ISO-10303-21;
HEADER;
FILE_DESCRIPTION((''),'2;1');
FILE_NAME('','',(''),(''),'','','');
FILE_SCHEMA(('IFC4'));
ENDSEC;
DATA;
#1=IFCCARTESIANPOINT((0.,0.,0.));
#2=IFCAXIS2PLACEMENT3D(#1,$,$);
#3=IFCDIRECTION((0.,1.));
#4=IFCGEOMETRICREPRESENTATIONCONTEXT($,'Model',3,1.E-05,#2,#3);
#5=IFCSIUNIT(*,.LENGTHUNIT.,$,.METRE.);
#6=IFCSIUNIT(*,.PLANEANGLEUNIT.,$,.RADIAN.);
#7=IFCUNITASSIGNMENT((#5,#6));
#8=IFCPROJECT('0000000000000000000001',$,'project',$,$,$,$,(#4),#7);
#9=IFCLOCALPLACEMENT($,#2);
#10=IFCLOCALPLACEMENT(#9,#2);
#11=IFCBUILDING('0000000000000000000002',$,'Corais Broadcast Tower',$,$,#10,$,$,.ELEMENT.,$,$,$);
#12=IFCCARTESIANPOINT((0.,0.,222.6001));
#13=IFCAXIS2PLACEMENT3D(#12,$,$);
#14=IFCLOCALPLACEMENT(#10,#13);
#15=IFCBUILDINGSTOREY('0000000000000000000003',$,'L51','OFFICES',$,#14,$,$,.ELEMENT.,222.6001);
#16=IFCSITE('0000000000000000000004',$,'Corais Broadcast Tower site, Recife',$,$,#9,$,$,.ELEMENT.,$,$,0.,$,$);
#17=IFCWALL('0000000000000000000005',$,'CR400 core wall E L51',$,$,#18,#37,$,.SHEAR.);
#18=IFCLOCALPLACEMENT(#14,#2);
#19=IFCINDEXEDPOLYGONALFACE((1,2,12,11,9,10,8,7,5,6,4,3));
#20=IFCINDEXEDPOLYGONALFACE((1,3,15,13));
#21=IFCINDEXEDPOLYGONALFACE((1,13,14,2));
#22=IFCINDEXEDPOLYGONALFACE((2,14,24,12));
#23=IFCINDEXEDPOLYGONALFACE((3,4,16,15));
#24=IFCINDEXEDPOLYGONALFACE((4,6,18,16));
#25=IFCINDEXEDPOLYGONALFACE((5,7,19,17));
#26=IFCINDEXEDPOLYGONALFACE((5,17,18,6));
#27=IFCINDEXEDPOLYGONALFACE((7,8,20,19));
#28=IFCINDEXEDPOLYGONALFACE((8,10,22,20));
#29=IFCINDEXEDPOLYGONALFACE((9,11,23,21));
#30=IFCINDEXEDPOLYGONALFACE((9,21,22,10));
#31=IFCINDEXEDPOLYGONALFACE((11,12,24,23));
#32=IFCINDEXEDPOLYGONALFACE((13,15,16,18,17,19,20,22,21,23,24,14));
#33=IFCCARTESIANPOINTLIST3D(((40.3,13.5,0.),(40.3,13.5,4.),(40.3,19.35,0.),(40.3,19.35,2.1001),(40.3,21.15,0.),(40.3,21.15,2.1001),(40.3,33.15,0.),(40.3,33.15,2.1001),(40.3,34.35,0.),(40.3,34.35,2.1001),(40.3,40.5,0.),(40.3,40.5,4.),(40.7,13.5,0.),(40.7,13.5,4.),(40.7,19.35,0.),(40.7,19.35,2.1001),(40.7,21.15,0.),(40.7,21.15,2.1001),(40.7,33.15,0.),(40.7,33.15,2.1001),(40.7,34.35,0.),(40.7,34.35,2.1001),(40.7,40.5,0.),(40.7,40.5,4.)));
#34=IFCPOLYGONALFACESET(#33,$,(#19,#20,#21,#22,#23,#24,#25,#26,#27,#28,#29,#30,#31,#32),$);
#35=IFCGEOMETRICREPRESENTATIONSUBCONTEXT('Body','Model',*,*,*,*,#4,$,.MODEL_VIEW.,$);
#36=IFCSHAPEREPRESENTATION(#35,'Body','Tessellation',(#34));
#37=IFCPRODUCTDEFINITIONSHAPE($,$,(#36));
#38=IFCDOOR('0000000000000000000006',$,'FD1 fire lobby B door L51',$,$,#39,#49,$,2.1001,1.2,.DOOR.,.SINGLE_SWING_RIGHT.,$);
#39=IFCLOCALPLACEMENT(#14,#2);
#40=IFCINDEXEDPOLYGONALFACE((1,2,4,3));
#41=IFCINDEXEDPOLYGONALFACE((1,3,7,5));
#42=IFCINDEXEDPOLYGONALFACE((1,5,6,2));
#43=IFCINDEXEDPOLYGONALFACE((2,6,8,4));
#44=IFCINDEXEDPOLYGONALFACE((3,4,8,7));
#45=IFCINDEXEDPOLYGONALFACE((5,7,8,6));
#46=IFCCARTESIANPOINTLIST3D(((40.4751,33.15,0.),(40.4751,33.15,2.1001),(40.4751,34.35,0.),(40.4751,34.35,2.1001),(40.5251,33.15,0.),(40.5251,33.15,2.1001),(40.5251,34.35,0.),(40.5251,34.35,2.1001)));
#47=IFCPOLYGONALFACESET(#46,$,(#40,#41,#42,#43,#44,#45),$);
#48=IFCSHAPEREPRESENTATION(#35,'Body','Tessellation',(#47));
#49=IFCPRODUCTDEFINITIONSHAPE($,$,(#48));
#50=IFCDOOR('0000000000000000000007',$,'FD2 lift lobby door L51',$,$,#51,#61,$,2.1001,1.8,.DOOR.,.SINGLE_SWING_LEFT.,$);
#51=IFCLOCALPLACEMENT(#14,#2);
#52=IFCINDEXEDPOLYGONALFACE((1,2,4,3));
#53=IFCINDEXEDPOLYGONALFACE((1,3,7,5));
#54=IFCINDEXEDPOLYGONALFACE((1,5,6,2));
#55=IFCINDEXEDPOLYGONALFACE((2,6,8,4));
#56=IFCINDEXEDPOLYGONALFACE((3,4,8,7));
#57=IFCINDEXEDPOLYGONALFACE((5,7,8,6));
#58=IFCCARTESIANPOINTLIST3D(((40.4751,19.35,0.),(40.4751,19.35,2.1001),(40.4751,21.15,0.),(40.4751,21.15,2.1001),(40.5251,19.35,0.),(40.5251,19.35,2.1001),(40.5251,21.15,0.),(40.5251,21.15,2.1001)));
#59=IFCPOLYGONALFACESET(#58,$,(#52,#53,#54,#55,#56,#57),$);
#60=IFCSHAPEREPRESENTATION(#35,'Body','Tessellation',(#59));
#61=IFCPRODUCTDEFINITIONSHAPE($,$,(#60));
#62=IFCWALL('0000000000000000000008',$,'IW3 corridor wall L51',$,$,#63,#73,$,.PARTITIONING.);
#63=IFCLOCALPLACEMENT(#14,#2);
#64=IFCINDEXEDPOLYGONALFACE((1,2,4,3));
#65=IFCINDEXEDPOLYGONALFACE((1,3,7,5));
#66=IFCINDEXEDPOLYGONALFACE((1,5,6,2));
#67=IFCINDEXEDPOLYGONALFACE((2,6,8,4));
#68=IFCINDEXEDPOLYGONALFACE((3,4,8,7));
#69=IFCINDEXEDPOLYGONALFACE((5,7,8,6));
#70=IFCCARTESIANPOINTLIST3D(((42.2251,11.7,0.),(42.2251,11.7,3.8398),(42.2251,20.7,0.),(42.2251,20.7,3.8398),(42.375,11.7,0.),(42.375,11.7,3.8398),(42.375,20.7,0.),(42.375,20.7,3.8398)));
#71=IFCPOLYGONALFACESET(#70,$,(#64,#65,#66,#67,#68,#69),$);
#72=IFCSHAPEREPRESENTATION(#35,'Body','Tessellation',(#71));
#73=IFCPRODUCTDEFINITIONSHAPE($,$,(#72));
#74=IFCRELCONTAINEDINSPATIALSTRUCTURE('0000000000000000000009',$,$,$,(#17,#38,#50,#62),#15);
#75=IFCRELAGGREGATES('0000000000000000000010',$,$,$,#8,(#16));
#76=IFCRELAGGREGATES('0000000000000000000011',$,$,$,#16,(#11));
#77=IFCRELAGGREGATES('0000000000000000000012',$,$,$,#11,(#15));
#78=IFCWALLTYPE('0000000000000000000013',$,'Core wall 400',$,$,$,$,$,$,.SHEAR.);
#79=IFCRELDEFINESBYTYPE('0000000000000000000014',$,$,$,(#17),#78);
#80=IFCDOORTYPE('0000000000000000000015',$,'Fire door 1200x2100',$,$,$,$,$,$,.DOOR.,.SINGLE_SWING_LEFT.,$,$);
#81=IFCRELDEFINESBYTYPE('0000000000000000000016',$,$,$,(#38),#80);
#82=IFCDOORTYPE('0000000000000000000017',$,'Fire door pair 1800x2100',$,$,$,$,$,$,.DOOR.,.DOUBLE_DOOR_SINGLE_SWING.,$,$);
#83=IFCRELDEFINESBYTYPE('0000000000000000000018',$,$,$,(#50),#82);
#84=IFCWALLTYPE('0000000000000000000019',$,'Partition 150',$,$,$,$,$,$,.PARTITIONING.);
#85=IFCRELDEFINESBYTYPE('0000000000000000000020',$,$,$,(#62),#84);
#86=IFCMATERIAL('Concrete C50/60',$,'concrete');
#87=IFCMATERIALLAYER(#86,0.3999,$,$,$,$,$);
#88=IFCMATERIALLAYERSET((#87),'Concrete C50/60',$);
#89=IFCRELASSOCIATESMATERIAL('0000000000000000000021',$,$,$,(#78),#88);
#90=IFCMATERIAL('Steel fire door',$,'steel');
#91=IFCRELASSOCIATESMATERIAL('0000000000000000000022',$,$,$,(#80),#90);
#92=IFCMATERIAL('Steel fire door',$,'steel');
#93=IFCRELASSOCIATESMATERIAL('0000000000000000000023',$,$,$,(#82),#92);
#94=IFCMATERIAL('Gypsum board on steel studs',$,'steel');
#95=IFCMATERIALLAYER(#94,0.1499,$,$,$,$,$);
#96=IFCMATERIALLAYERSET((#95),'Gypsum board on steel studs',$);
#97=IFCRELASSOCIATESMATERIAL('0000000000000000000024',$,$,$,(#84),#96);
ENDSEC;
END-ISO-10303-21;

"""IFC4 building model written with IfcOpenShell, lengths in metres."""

from ifc_helpers import new_model, si_unit, direction, frame, frame_2d, origin, place, context, subcontext, project, spatial, rectangle, extrude, material, layer, layer_set, type_object, element, fill, save


model = new_model("IFC4")

# Units and contexts
model_context = context("Model", 3, precision=1e-05, world=origin(), true_north=direction((0.0, 1.0)))
body_context = subcontext(model_context, "Body", "Model", "MODEL_VIEW")
ifc_project = project(units=[si_unit("LENGTHUNIT", "METRE"), si_unit("PLANEANGLEUNIT", "RADIAN")], contexts=[model_context])

# Site, building, storey
site_placement = place(None, origin())
site = spatial("IfcSite", under=ifc_project, at=site_placement, Name="Corais Broadcast Tower site, Recife", CompositionType="ELEMENT", RefElevation=0.0)
building_placement = place(site_placement, origin())
building = spatial("IfcBuilding", under=site, at=building_placement, Name="Corais Broadcast Tower", CompositionType="ELEMENT")
storey_placement = place(building_placement, frame((0.0, 0.0, 222.6001)))
storey = spatial("IfcBuildingStorey", under=building, at=storey_placement, Name="L51", Description="OFFICES", CompositionType="ELEMENT", Elevation=222.6001)

# Wall, openings, doors
ifc_material_1 = material(Name="Concrete C50/60", Category="concrete")
ifc_layer_1 = layer(ifc_material_1, 0.3999)
ifc_layer_set_1 = layer_set([ifc_layer_1], Name="Concrete C50/60")
wall_type_1 = type_object("IfcWallType", Name="Core wall 400", PredefinedType="SHEAR", material=ifc_layer_set_1)
wall_1_placement = place(storey_placement, frame((40.5, 13.5, 0.0), z_axis=(0.0, 0.0, 1.0), x_axis=(0.0, 1.0, 0.0)))
wall_1 = element("IfcWall", 1, at=wall_1_placement, inside=storey, type_object=wall_type_1, Name="CR400 core wall E L51", PredefinedType="SHEAR", context=body_context, shape_type="SweptSolid", body=[
    extrude(rectangle(XDim=27.0, YDim=0.3999, at=frame_2d((13.5, 0.0))), origin(), (0.0, 0.0, 1.0), 4.0),
])
opening_1_placement = place(wall_1_placement, frame((5.8501, 0.0, 0.0)))
opening_1 = element("IfcOpeningElement", 2, at=opening_1_placement, cuts=wall_1, PredefinedType="OPENING", context=body_context, shape_type="SweptSolid", body=[
    extrude(rectangle(XDim=1.8, YDim=2.1001, at=frame_2d((0.8999, 1.05))), frame((0.0, 0.21, 0.0), z_axis=(0.0, -1.0, 0.0), x_axis=(1.0, 0.0, 0.0)), (0.0, 0.0, 1.0), 0.4199),
])
opening_2_placement = place(wall_1_placement, frame((19.6499, 0.0, 0.0)))
opening_2 = element("IfcOpeningElement", 3, at=opening_2_placement, cuts=wall_1, PredefinedType="OPENING", context=body_context, shape_type="SweptSolid", body=[
    extrude(rectangle(XDim=1.2, YDim=2.1001, at=frame_2d((0.6001, 1.05))), frame((0.0, 0.21, 0.0), z_axis=(0.0, -1.0, 0.0), x_axis=(1.0, 0.0, 0.0)), (0.0, 0.0, 1.0), 0.4199),
])
ifc_material_2 = material(Name="Steel fire door", Category="steel")
door_type_1 = type_object("IfcDoorType", Name="Fire door 1200x2100", OperationType="SINGLE_SWING_LEFT", PredefinedType="DOOR", material=ifc_material_2)
door_1_placement = place(opening_2_placement, origin())
door_1 = element("IfcDoor", 4, at=door_1_placement, inside=storey, type_object=door_type_1, Name="FD1 fire lobby B door L51", OperationType="SINGLE_SWING_RIGHT", OverallHeight=2.1001, OverallWidth=1.2, PredefinedType="DOOR", context=body_context, shape_type="SweptSolid", body=[
    extrude(rectangle(XDim=1.2, YDim=2.1001, at=frame_2d((0.6001, 1.05))), frame((0.0, 0.0249, 0.0), z_axis=(0.0, -1.0, 0.0), x_axis=(1.0, 0.0, 0.0)), (0.0, 0.0, 1.0), 0.05),
])
fill(opening_2, door_1)
ifc_material_3 = material(Name="Steel fire door", Category="steel")
door_type_2 = type_object("IfcDoorType", Name="Fire door pair 1800x2100", OperationType="DOUBLE_DOOR_SINGLE_SWING", PredefinedType="DOOR", material=ifc_material_3)
door_2_placement = place(opening_1_placement, origin())
door_2 = element("IfcDoor", 5, at=door_2_placement, inside=storey, type_object=door_type_2, Name="FD2 lift lobby door L51", OperationType="SINGLE_SWING_LEFT", OverallHeight=2.1001, OverallWidth=1.8, PredefinedType="DOOR", context=body_context, shape_type="SweptSolid", body=[
    extrude(rectangle(XDim=1.8, YDim=2.1001, at=frame_2d((0.8999, 1.05))), frame((0.0, 0.0249, 0.0), z_axis=(0.0, -1.0, 0.0), x_axis=(1.0, 0.0, 0.0)), (0.0, 0.0, 1.0), 0.05),
])
fill(opening_1, door_2)

# Wall
ifc_material_4 = material(Name="Gypsum board on steel studs", Category="steel")
ifc_layer_2 = layer(ifc_material_4, 0.1499)
ifc_layer_set_2 = layer_set([ifc_layer_2], Name="Gypsum board on steel studs")
wall_type_2 = type_object("IfcWallType", Name="Partition 150", PredefinedType="PARTITIONING", material=ifc_layer_set_2)
wall_2_placement = place(storey_placement, frame((42.3, 11.7, 0.0), z_axis=(0.0, 0.0, 1.0), x_axis=(0.0, 1.0, 0.0)))
element("IfcWall", 6, at=wall_2_placement, inside=storey, type_object=wall_type_2, Name="IW3 corridor wall L51", PredefinedType="PARTITIONING", context=body_context, shape_type="SweptSolid", body=[
    extrude(rectangle(XDim=9.0, YDim=0.1499, at=frame_2d((4.5, 0.0))), origin(), (0.0, 0.0, 1.0), 3.8398),
])

save(model, "model.ifc")
